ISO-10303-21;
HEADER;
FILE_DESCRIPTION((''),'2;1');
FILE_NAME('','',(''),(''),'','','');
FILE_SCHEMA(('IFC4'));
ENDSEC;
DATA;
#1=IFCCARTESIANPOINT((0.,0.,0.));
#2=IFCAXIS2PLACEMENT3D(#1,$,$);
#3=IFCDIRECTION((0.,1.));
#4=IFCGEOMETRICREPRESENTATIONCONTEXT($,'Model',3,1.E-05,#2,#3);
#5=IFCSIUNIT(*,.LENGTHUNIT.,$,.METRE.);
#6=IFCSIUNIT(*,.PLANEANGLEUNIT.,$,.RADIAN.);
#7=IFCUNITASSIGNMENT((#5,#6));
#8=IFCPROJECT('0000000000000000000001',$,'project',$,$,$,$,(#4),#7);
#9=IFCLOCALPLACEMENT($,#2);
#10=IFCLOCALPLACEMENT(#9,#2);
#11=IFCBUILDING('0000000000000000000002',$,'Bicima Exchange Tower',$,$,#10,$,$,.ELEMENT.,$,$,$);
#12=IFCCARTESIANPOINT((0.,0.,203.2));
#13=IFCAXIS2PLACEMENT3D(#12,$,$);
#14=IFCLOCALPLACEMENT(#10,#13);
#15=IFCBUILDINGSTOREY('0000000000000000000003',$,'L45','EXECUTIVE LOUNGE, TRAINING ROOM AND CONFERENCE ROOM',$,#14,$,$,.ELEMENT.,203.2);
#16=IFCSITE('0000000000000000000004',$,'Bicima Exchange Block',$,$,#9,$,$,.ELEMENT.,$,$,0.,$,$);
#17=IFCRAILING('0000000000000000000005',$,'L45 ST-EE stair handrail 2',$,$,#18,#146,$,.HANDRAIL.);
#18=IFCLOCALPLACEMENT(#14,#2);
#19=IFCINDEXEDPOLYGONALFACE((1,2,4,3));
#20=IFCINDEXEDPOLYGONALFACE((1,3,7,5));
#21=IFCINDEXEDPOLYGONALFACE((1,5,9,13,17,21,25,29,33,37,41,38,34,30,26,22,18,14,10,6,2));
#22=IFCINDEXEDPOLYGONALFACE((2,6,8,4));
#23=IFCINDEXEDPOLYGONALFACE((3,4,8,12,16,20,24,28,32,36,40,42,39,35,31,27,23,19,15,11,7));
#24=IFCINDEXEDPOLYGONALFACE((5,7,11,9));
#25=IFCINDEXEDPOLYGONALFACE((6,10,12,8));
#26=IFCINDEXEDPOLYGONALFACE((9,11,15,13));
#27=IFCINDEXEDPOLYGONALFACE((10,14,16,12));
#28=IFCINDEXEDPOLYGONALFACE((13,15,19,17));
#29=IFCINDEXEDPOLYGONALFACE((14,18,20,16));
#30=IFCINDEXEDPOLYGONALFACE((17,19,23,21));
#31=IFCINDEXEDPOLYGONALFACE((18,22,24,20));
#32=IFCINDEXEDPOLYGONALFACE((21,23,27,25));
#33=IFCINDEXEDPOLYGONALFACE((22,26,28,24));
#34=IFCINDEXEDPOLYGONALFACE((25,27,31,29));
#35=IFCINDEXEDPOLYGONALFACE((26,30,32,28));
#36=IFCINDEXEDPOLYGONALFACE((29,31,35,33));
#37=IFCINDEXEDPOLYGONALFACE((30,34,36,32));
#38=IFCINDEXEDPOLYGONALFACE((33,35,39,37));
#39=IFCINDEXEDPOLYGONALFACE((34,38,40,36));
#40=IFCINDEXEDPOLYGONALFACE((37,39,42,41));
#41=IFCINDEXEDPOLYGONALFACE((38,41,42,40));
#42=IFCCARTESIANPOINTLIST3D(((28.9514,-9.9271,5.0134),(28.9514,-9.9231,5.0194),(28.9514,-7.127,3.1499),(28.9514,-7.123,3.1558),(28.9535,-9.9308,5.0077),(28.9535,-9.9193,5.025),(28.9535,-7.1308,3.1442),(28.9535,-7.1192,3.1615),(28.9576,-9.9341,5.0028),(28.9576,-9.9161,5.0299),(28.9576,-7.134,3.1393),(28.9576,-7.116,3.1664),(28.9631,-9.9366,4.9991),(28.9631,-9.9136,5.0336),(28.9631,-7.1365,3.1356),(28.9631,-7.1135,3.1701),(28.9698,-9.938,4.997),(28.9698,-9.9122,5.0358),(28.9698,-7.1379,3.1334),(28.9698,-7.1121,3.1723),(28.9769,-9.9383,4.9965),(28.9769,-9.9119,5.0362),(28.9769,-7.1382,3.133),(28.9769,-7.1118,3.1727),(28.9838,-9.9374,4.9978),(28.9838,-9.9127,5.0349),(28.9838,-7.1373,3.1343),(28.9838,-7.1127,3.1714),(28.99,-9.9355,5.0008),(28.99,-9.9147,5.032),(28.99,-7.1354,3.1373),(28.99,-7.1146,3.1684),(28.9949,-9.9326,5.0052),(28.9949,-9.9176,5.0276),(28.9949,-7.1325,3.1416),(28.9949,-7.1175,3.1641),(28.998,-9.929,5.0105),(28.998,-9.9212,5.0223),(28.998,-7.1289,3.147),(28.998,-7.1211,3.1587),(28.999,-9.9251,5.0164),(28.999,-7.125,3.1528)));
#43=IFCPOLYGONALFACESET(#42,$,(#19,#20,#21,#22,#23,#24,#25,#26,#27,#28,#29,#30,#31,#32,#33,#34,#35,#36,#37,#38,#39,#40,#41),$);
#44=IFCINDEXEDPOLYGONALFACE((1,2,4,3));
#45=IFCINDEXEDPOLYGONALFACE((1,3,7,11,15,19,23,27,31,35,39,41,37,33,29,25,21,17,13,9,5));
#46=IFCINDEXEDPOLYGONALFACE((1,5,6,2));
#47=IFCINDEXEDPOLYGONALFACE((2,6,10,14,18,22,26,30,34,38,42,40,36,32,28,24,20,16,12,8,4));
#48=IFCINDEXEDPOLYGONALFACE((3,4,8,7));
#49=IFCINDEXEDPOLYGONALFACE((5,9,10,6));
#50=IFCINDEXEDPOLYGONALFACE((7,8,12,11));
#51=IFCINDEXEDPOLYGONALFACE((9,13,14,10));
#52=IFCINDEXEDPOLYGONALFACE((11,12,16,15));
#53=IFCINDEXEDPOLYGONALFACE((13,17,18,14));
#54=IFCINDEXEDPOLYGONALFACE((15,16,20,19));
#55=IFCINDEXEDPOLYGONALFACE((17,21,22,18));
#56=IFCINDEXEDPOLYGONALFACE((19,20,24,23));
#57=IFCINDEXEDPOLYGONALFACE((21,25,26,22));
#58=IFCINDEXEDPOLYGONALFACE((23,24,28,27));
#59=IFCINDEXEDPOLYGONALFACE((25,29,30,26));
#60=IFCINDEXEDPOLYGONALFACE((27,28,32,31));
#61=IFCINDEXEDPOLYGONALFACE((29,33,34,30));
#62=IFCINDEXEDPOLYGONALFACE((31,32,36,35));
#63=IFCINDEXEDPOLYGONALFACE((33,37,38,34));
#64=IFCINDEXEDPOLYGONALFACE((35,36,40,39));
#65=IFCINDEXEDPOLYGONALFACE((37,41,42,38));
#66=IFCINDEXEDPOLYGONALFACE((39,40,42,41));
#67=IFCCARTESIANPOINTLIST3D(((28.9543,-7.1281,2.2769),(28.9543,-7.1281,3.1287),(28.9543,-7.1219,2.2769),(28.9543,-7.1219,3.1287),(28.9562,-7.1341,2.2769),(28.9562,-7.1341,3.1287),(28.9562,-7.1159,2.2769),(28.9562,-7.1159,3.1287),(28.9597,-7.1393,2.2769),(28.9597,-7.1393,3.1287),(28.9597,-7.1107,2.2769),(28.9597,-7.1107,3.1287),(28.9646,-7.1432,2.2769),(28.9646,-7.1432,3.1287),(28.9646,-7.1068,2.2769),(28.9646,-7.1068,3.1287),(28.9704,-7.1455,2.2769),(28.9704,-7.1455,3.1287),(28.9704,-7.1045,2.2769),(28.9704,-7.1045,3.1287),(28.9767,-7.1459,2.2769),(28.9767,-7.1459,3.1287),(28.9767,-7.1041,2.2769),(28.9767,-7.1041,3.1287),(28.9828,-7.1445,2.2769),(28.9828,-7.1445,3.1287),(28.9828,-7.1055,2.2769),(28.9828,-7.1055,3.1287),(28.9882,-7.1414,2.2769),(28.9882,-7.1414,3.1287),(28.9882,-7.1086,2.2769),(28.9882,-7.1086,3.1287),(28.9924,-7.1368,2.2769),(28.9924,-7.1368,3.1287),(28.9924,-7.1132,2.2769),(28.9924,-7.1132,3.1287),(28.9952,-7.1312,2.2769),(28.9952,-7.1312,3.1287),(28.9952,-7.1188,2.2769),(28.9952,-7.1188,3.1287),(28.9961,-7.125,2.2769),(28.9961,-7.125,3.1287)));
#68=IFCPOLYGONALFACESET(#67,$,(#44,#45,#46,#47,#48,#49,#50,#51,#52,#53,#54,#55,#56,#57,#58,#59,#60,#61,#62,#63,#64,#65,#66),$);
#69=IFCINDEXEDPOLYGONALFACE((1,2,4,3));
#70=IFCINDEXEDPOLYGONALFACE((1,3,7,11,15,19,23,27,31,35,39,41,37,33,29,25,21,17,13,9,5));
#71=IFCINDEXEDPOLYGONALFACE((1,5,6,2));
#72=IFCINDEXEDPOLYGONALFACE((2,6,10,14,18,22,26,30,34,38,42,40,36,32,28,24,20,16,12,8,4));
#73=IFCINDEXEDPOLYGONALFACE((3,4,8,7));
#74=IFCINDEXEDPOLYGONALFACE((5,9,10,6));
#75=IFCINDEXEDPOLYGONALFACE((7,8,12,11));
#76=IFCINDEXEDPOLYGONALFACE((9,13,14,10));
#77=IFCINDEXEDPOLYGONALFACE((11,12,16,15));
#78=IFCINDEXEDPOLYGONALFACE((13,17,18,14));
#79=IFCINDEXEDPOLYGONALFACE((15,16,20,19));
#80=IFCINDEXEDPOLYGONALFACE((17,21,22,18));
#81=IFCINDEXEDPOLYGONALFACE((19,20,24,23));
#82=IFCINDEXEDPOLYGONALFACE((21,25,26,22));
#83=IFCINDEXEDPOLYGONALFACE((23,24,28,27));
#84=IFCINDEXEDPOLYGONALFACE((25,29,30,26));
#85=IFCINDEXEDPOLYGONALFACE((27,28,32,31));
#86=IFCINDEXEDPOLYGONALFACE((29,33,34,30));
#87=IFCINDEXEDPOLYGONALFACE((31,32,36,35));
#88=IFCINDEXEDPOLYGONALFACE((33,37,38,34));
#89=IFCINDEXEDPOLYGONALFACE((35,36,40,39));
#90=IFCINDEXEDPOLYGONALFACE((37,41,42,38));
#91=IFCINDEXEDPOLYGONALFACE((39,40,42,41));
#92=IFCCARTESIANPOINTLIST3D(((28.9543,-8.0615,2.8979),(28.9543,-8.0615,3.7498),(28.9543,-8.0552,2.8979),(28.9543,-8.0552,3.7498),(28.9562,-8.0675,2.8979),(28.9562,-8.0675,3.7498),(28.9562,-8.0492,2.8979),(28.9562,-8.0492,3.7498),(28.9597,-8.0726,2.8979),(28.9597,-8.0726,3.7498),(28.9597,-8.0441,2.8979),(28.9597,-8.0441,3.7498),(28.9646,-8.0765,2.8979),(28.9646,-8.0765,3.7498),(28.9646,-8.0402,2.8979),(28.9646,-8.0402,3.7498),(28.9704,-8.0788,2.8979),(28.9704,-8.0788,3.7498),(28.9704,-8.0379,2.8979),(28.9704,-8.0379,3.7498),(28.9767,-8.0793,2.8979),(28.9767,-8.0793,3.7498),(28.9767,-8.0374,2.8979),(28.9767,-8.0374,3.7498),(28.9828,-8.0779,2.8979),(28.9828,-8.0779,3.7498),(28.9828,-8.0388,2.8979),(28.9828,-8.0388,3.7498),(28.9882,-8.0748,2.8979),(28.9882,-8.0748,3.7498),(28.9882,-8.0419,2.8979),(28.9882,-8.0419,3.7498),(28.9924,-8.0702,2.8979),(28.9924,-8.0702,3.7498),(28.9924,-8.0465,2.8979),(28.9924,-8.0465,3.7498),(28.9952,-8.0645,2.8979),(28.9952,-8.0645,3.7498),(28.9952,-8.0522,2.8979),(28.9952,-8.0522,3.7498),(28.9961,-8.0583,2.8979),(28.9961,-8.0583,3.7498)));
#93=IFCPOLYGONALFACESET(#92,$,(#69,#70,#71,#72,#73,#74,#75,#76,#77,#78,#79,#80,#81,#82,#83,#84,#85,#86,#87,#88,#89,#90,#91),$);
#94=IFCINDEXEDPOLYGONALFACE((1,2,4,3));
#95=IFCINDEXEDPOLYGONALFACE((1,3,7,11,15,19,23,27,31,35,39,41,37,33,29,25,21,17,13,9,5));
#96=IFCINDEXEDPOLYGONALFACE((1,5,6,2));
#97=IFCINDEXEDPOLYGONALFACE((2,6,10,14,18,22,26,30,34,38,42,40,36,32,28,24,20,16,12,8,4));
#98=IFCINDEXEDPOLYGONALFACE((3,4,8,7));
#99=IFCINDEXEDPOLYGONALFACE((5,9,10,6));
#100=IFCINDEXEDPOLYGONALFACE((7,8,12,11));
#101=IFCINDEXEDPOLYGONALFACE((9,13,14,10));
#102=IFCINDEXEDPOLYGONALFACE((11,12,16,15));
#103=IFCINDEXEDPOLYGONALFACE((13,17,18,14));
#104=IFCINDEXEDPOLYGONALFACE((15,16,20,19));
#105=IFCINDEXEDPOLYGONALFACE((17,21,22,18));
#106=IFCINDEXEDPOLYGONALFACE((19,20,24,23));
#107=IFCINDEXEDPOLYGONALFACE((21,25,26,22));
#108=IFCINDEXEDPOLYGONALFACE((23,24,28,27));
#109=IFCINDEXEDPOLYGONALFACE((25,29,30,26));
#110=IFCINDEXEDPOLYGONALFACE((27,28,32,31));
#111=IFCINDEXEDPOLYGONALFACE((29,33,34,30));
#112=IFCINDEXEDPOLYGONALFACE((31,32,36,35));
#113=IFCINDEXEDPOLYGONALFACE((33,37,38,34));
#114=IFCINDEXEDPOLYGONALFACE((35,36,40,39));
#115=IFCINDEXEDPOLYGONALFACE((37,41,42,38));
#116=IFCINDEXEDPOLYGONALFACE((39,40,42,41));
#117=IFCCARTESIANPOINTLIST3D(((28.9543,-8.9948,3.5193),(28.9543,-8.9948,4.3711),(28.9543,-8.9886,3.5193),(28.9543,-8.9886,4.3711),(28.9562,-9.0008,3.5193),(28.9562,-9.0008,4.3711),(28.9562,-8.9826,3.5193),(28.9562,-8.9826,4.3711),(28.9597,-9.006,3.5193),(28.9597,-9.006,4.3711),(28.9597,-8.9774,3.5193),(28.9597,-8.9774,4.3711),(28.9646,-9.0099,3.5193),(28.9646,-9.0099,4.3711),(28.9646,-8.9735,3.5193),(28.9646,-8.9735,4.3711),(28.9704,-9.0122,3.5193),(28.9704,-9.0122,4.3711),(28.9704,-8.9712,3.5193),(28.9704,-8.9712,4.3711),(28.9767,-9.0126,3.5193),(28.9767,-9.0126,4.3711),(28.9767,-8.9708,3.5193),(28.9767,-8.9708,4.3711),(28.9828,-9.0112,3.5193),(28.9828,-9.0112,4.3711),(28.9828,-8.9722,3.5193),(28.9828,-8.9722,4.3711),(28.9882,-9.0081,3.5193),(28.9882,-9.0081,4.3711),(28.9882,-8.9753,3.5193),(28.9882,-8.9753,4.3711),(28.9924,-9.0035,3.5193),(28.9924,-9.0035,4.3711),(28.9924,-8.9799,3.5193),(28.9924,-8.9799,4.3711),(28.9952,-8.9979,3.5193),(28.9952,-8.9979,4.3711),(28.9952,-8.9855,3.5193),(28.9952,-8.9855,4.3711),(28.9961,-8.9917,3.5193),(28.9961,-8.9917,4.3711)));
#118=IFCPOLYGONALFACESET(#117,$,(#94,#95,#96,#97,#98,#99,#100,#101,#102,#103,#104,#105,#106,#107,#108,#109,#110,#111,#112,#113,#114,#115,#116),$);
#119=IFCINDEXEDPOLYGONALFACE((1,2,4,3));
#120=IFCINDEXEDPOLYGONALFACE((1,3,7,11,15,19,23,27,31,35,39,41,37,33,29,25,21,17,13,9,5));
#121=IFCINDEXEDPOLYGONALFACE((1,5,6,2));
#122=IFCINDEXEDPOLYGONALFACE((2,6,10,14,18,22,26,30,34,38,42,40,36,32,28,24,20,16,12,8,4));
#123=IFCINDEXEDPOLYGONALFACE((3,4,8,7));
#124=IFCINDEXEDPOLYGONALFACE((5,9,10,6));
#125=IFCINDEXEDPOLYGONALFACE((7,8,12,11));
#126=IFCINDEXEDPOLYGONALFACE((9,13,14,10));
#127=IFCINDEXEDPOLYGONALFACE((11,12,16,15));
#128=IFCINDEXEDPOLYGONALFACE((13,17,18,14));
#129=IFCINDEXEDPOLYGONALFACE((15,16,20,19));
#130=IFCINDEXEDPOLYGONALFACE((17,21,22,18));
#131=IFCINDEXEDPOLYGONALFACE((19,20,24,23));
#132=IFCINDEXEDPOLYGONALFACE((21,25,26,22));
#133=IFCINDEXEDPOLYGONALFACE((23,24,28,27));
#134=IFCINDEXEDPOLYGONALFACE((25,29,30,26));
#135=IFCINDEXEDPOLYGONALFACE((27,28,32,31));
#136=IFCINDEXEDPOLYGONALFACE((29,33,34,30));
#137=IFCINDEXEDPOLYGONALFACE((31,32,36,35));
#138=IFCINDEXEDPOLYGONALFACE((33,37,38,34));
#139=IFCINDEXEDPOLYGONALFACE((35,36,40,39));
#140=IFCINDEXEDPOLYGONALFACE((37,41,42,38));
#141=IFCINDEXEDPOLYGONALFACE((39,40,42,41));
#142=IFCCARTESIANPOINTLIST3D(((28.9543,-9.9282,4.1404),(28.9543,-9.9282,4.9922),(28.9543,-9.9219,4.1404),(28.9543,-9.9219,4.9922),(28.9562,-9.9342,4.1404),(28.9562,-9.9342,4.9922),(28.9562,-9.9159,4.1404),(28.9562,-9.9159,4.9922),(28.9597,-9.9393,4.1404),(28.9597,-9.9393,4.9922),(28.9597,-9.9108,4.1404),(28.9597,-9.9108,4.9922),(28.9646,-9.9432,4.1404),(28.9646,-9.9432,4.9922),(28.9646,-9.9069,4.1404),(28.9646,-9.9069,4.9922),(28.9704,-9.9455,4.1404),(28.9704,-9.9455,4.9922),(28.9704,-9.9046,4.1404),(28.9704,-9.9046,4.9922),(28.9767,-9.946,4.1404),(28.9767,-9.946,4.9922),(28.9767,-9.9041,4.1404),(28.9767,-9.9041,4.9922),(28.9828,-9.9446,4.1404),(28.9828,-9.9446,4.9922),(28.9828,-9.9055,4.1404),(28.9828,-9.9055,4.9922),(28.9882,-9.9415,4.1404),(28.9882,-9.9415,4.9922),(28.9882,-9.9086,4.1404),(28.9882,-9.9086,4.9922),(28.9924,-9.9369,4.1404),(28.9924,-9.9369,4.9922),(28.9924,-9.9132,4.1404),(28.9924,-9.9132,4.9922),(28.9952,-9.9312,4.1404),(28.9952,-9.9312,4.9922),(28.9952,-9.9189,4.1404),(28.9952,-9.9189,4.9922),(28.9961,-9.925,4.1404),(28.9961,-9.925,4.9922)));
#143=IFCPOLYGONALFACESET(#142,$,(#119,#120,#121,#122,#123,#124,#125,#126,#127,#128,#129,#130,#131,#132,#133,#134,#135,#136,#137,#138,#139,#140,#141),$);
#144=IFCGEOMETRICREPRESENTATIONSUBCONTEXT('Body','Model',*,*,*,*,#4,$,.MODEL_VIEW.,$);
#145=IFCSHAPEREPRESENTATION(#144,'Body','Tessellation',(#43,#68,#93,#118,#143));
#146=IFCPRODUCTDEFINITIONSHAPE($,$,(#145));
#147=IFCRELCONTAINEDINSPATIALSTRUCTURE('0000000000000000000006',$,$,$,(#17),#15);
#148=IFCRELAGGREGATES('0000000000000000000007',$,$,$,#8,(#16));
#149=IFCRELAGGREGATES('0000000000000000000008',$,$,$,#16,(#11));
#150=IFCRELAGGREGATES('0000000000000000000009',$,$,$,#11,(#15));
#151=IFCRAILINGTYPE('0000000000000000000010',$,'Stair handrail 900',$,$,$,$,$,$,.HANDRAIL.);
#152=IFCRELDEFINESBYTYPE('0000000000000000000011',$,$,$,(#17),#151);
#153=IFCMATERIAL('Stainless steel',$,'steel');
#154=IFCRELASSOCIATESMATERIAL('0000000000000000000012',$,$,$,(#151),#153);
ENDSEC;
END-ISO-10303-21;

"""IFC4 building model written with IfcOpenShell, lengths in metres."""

from ifc_helpers import new_model, si_unit, direction, frame, origin, origin_2d, place, context, subcontext, project, spatial, circle, extrude, material, type_object, element, save


model = new_model("IFC4")

# Units and contexts
model_context = context("Model", 3, precision=1e-05, world=origin(), true_north=direction((0.0, 1.0)))
body_context = subcontext(model_context, "Body", "Model", "MODEL_VIEW")
ifc_project = project(units=[si_unit("LENGTHUNIT", "METRE"), si_unit("PLANEANGLEUNIT", "RADIAN")], contexts=[model_context])

# Site, building, storey
site_placement = place(None, origin())
site = spatial("IfcSite", under=ifc_project, at=site_placement, Name="Bicima Exchange Block", CompositionType="ELEMENT", RefElevation=0.0)
building_placement = place(site_placement, origin())
building = spatial("IfcBuilding", under=site, at=building_placement, Name="Bicima Exchange Tower", CompositionType="ELEMENT")
storey_placement = place(building_placement, frame((0.0, 0.0, 203.2)))
storey = spatial("IfcBuildingStorey", under=building, at=storey_placement, Name="L45", Description="EXECUTIVE LOUNGE, TRAINING ROOM AND CONFERENCE ROOM", CompositionType="ELEMENT", Elevation=203.2)

# Railing
ifc_material_1 = material(Name="Stainless steel", Category="steel")
railing_type_1 = type_object("IfcRailingType", Name="Stair handrail 900", PredefinedType="HANDRAIL", material=ifc_material_1)
railing_1_placement = place(storey_placement, frame((28.9751, -7.125, 2.2769)))
element("IfcRailing", 1, at=railing_1_placement, inside=storey, type_object=railing_type_1, Name="L45 ST-EE stair handrail 2", PredefinedType="HANDRAIL", context=body_context, shape_type="SweptSolid", body=[
    extrude(circle(Radius=0.0239, at=origin_2d()), frame((0.0, 0.0, 0.876), z_axis=(0.0, -0.832486, 0.554047), x_axis=(1.0, 0.0, 0.0)), (0.0, 0.0, 1.0), 3.3635),
    extrude(circle(Radius=0.021, at=origin_2d()), origin(), (0.0, 0.0, 1.0), 0.8518),
    extrude(circle(Radius=0.021, at=origin_2d()), frame((0.0, -0.9333, 0.6211)), (0.0, 0.0, 1.0), 0.8518),
    extrude(circle(Radius=0.021, at=origin_2d()), frame((0.0, -1.8667, 1.2424)), (0.0, 0.0, 1.0), 0.8518),
    extrude(circle(Radius=0.021, at=origin_2d()), frame((0.0, -2.8, 1.8635)), (0.0, 0.0, 1.0), 0.8518),
])

save(model, "model.ifc")
